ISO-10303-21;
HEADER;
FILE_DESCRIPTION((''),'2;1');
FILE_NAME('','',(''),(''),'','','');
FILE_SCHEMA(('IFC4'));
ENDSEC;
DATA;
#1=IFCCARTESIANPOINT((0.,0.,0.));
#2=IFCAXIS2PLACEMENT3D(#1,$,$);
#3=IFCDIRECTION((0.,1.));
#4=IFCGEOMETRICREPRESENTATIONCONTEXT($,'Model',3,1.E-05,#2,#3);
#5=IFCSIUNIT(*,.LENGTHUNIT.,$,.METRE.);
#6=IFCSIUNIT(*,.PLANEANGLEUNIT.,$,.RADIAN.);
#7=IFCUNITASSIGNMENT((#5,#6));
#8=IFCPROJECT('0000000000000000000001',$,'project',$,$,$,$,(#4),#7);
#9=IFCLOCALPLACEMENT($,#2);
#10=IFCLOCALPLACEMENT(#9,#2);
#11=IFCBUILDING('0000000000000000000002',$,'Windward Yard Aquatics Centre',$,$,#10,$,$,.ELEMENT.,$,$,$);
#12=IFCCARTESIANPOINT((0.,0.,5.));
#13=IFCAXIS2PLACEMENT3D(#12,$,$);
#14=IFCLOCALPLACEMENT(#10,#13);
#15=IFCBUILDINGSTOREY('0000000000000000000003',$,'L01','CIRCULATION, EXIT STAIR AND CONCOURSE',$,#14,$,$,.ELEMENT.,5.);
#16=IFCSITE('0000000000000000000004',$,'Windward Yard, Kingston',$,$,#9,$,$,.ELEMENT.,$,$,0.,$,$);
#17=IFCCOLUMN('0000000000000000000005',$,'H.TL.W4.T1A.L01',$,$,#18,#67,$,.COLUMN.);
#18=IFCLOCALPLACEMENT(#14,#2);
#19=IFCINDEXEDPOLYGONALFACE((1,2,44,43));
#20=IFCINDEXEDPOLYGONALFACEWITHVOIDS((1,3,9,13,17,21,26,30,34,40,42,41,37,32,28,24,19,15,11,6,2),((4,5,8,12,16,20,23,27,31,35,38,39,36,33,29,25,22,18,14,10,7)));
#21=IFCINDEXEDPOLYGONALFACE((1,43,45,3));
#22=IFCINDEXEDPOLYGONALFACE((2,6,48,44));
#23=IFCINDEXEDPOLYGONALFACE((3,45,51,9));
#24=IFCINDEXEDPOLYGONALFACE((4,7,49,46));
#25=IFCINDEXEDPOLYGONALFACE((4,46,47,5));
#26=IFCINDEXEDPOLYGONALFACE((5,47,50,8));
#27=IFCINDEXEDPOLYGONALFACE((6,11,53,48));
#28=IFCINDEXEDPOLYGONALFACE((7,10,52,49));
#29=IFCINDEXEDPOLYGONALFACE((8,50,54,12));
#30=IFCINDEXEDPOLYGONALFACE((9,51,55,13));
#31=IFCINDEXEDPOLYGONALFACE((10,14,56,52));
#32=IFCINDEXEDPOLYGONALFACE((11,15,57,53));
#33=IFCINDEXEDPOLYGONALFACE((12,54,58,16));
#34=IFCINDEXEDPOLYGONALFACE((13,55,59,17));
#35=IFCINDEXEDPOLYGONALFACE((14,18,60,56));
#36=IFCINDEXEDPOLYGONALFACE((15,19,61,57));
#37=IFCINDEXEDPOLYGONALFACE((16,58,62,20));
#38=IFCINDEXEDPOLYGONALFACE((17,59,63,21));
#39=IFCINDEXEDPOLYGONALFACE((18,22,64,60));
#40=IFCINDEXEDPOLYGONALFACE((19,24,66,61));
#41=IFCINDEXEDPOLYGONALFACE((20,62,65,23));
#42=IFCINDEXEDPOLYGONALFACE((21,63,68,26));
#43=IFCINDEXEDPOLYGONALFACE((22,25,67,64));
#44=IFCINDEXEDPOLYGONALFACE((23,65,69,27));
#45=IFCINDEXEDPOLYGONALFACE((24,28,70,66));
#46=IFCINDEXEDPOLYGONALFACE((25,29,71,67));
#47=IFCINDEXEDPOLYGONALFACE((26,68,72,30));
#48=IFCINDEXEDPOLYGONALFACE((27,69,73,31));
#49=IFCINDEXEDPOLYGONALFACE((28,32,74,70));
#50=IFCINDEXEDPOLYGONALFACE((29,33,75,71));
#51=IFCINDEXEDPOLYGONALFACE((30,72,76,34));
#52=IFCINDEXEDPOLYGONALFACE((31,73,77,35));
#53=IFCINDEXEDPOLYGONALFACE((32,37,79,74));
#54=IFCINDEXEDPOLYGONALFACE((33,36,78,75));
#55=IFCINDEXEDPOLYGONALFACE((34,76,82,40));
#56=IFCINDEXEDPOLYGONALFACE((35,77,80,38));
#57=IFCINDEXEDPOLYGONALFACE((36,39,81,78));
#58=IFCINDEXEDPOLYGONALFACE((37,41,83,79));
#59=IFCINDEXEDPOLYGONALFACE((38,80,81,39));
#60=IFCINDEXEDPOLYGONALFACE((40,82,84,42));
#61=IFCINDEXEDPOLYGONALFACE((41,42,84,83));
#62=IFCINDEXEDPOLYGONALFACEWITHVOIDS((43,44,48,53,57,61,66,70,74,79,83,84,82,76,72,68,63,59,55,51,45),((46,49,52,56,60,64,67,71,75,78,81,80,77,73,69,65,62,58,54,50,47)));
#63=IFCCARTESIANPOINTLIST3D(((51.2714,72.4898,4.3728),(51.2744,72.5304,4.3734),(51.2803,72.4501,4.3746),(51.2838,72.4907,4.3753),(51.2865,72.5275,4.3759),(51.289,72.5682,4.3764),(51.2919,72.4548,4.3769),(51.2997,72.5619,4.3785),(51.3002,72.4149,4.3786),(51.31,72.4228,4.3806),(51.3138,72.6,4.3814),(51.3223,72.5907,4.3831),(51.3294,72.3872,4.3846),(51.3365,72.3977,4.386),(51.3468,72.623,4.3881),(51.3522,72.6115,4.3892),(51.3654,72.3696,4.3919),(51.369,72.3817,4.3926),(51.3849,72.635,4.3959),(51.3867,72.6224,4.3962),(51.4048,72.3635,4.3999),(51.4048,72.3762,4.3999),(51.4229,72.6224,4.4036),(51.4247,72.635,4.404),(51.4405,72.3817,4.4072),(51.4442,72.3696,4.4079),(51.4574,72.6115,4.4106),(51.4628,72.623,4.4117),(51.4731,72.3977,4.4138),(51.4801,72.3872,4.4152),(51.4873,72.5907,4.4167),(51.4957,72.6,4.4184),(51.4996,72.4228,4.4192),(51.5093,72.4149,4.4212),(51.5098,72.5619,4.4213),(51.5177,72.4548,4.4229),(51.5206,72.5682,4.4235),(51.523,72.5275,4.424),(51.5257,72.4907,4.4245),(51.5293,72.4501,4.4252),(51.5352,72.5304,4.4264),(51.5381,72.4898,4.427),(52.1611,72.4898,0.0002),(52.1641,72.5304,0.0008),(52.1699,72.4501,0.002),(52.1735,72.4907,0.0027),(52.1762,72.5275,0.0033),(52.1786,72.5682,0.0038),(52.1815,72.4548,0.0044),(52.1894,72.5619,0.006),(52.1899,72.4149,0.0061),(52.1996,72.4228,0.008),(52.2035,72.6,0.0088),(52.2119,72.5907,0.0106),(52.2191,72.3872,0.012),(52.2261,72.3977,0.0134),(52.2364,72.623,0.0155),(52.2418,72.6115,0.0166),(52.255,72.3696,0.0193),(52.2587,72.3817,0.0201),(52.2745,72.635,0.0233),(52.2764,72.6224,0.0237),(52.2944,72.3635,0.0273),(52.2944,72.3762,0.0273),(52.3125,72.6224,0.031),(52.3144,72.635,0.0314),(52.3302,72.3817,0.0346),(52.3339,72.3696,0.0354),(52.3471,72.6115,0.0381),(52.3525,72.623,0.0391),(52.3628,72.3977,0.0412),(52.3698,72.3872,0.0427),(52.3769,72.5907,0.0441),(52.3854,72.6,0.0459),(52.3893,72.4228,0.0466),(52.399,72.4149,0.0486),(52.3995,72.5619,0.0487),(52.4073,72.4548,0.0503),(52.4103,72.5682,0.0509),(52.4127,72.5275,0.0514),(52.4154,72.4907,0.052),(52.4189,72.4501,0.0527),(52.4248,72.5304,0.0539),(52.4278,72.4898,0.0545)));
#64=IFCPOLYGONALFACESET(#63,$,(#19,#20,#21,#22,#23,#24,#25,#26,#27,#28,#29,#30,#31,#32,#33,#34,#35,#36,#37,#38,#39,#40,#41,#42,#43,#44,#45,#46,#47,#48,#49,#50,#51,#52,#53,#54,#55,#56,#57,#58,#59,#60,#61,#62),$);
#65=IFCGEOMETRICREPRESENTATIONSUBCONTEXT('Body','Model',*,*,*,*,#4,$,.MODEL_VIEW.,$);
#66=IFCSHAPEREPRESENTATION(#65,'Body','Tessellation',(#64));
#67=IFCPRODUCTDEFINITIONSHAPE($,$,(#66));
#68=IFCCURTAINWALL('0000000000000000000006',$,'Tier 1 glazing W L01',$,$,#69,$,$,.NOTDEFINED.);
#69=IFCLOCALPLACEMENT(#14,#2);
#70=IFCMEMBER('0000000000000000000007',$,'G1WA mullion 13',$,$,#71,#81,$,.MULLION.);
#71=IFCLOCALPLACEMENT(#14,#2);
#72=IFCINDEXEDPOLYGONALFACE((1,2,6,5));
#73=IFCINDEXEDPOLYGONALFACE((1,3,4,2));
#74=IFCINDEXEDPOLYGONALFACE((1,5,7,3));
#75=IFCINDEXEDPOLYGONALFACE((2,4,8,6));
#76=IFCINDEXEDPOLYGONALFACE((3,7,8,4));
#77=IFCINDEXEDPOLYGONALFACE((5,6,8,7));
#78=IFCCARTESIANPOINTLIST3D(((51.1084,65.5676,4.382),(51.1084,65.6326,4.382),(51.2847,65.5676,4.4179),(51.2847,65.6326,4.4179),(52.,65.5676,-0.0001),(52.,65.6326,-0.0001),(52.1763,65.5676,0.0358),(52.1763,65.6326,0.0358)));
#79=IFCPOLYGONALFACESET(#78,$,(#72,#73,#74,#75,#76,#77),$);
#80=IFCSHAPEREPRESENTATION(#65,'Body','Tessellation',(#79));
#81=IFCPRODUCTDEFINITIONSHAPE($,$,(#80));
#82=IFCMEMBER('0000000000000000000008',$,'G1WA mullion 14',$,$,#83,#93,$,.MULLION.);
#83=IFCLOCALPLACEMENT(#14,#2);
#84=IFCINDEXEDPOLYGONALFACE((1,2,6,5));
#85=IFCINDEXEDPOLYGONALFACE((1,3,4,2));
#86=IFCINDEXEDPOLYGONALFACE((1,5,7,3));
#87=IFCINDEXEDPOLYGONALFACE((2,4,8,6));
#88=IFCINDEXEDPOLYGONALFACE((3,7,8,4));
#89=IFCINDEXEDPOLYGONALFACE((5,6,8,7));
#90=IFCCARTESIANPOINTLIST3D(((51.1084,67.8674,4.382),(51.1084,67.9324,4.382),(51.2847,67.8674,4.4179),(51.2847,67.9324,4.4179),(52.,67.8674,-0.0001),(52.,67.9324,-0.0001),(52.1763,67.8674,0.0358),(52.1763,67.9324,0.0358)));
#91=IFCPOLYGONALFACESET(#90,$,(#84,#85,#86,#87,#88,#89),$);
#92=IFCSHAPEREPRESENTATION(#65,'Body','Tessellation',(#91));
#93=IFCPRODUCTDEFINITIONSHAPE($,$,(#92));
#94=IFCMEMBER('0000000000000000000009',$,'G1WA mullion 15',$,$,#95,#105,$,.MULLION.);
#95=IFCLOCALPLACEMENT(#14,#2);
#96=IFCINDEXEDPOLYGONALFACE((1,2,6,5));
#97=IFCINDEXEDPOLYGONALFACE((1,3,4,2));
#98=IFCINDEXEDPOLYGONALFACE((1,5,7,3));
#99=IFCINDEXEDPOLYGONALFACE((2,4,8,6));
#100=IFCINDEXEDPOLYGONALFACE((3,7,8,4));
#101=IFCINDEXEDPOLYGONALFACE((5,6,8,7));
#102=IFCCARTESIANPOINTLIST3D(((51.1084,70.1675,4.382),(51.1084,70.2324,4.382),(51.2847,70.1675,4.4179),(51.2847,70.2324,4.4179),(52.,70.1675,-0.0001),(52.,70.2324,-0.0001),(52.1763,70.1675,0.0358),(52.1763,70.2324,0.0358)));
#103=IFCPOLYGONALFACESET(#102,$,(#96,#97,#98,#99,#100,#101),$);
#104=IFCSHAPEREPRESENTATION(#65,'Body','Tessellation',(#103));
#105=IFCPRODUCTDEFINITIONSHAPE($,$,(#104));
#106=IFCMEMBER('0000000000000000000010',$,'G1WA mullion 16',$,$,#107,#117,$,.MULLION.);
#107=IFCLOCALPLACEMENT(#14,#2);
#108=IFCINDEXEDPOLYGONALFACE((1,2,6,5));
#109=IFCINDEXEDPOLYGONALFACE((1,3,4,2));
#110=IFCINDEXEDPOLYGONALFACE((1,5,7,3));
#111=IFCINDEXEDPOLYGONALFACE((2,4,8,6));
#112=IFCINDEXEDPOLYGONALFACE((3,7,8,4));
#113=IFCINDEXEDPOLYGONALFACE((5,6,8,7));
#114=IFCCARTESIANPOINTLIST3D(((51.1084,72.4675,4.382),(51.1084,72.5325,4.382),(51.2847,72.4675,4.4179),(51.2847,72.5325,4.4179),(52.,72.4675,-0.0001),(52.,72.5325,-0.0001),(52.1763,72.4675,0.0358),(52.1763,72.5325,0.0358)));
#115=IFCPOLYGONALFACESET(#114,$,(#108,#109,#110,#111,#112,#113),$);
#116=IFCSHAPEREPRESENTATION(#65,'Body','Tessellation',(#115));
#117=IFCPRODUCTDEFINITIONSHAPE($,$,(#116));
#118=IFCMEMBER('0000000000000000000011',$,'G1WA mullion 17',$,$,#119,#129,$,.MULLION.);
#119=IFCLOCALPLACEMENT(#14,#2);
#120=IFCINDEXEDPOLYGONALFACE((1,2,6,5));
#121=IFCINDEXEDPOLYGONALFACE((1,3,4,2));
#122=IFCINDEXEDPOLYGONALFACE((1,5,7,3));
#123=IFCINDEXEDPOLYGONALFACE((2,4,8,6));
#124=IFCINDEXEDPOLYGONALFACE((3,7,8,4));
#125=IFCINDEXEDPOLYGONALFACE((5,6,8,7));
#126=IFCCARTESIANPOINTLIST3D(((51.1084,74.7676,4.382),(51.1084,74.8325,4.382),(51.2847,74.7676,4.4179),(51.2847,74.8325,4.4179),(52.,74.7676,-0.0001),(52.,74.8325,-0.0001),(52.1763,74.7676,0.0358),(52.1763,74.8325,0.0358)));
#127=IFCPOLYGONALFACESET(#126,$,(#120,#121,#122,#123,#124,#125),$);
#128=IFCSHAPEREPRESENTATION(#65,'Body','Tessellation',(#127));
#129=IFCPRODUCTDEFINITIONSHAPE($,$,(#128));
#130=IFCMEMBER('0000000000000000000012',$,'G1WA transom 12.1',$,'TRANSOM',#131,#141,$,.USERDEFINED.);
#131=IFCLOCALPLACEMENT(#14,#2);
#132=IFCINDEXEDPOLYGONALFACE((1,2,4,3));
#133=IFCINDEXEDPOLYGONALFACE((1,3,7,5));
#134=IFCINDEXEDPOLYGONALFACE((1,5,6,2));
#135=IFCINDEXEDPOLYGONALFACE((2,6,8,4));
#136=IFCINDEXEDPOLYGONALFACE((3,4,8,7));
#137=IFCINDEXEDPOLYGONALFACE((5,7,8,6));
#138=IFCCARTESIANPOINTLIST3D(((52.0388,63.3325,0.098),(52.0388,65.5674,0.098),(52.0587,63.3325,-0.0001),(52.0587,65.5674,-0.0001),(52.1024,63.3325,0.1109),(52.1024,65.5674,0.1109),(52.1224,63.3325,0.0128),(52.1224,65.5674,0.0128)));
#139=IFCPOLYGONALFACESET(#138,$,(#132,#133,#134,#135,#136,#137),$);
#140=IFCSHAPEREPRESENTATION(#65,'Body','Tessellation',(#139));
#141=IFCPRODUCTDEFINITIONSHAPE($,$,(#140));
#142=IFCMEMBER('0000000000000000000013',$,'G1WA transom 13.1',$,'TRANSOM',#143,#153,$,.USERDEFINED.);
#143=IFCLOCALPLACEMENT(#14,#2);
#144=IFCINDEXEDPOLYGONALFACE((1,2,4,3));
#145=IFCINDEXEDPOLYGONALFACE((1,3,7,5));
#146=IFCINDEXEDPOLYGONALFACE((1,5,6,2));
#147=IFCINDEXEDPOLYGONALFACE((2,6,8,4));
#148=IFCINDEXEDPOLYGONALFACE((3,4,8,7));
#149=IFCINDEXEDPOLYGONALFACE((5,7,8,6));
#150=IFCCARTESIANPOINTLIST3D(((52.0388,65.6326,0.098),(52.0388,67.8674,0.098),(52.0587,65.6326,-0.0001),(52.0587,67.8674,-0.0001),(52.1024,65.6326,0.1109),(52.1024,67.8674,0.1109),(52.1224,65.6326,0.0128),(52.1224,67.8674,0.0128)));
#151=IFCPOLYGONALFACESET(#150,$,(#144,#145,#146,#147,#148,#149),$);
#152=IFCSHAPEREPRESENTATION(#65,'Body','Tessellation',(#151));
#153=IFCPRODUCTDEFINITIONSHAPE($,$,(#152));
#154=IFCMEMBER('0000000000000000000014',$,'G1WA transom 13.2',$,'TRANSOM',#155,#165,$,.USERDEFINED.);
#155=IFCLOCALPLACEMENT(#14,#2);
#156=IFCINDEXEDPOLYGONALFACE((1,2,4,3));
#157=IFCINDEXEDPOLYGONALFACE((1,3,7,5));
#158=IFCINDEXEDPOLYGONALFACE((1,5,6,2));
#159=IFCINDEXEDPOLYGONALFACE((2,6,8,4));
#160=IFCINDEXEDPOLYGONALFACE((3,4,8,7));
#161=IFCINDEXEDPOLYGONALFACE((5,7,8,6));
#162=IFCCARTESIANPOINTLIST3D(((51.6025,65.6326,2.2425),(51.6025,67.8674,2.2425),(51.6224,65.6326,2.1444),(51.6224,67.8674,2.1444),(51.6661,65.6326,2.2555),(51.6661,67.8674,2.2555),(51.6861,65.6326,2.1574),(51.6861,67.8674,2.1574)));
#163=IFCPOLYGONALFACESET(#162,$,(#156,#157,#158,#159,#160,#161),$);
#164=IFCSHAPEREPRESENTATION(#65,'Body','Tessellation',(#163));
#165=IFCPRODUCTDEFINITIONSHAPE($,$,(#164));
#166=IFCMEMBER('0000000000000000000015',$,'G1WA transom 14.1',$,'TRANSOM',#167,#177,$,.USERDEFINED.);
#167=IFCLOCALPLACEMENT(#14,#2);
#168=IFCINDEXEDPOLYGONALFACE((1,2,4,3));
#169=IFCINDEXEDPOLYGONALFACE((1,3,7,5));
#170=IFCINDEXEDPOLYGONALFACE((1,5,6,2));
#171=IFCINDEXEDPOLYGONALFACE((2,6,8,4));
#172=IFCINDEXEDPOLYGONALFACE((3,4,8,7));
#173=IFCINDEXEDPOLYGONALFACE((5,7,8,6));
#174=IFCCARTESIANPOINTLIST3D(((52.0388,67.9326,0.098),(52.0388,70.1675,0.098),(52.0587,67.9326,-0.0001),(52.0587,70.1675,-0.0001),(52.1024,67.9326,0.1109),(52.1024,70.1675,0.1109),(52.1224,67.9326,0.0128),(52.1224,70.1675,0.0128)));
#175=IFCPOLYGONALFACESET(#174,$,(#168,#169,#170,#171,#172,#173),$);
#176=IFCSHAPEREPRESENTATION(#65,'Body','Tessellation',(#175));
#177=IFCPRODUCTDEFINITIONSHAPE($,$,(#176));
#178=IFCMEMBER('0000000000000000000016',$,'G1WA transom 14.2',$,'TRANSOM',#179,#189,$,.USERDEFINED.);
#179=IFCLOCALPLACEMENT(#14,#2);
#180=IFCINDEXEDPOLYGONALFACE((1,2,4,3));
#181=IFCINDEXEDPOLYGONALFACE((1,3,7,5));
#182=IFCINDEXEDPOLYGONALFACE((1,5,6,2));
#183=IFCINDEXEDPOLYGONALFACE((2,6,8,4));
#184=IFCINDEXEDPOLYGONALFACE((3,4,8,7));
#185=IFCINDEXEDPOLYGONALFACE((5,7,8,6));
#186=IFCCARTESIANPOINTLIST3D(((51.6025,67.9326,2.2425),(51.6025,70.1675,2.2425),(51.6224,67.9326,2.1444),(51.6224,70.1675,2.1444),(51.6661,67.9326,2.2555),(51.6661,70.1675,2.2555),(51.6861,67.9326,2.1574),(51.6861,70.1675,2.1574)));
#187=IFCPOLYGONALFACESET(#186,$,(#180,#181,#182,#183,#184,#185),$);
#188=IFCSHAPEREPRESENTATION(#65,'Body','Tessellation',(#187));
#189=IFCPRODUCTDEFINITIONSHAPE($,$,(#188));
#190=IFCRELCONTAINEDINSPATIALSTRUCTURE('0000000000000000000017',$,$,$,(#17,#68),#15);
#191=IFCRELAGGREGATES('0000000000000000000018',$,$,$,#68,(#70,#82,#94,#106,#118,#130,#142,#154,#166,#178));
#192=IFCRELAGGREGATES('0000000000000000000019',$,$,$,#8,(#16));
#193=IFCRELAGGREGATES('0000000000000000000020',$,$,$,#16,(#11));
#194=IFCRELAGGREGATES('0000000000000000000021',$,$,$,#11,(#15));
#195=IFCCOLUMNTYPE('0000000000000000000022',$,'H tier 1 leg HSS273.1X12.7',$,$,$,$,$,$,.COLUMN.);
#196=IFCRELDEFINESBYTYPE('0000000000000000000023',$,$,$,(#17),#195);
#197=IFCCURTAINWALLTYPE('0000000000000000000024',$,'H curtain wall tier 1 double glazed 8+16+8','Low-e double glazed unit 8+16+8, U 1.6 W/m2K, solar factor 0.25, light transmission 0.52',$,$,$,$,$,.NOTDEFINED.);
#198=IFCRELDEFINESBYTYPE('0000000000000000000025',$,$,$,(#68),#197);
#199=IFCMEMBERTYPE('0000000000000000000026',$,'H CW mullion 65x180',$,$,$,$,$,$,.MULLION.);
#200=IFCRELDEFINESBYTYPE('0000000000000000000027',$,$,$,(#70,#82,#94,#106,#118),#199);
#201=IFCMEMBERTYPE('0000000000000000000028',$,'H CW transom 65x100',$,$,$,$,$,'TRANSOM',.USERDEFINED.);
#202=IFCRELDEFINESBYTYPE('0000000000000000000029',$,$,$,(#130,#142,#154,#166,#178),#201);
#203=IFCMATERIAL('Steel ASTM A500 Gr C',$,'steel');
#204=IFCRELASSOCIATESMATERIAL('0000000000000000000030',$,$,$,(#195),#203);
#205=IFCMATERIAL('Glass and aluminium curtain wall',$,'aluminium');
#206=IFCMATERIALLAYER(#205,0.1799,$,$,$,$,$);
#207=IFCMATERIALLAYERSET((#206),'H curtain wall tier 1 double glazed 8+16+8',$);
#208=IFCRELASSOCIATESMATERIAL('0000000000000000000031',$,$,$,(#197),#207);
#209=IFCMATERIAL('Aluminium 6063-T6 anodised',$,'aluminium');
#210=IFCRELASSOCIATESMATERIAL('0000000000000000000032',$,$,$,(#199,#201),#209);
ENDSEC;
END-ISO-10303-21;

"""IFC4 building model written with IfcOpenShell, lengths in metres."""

from ifc_helpers import new_model, si_unit, direction, frame, origin, origin_2d, place, context, subcontext, project, spatial, rectangle, hollow_circle, extrude, material, layer, layer_set, material_profile, profile_set, type_object, element, aggregate, save


model = new_model("IFC4")

# Units and contexts
model_context = context("Model", 3, precision=1e-05, world=origin(), true_north=direction((0.0, 1.0)))
body_context = subcontext(model_context, "Body", "Model", "MODEL_VIEW")
ifc_project = project(units=[si_unit("LENGTHUNIT", "METRE"), si_unit("PLANEANGLEUNIT", "RADIAN")], contexts=[model_context])

# Site, building, storey
site_placement = place(None, origin())
site = spatial("IfcSite", under=ifc_project, at=site_placement, Name="Windward Yard, Kingston", CompositionType="ELEMENT", RefElevation=0.0)
building_placement = place(site_placement, origin())
building = spatial("IfcBuilding", under=site, at=building_placement, Name="Windward Yard Aquatics Centre", CompositionType="ELEMENT")
storey_placement = place(building_placement, frame((0.0, 0.0, 5.0)))
storey = spatial("IfcBuildingStorey", under=building, at=storey_placement, Name="L01", Description="CIRCULATION, EXIT STAIR AND CONCOURSE", CompositionType="ELEMENT", Elevation=5.0)

# Column
ifc_material_1 = material(Name="Steel ASTM A500 Gr C", Category="steel")
ifc_material_profile_1 = material_profile(ifc_material_1, hollow_circle(Radius=0.1365, WallThickness=0.0127, at=origin_2d()), Name="HSS273.1X12.7")
ifc_profile_set_1 = profile_set([ifc_material_profile_1], Name="Steel ASTM A500 Gr C")
column_type = type_object("IfcColumnType", Name="H tier 1 leg HSS273.1X12.7", PredefinedType="COLUMN", material=ifc_profile_set_1)
column_placement = place(storey_placement, frame((52.2944, 72.5, 0.0273), z_axis=(-0.199377, 0.0, 0.979923), x_axis=(0.0, -1.0, 0.0)))
element("IfcColumn", 1, at=column_placement, inside=storey, type_object=column_type, Name="H.TL.W4.T1A.L01", PredefinedType="COLUMN", context=body_context, shape_type="SweptSolid", body=[
    extrude(hollow_circle(Radius=0.1365, WallThickness=0.0127, at=origin_2d()), origin(), (0.0, 0.0, 1.0), 4.4622),
])

# Curtain wall, members
ifc_material_2 = material(Name="Glass and aluminium curtain wall", Category="aluminium")
ifc_layer_1 = layer(ifc_material_2, 0.1799)
ifc_layer_set_1 = layer_set([ifc_layer_1], Name="H curtain wall tier 1 double glazed 8+16+8")
curtain_wall_type = type_object("IfcCurtainWallType", Name="H curtain wall tier 1 double glazed 8+16+8", Description="Low-e double glazed unit 8+16+8, U 1.6 W/m2K, solar factor 0.25, light transmission 0.52", PredefinedType="NOTDEFINED", material=ifc_layer_set_1)
curtain_wall_placement = place(storey_placement, origin())
curtain_wall = element("IfcCurtainWall", 2, at=curtain_wall_placement, inside=storey, type_object=curtain_wall_type, Name="Tier 1 glazing W L01", PredefinedType="NOTDEFINED")
ifc_material_3 = material(Name="Aluminium 6063-T6 anodised", Category="aluminium")
ifc_material_profile_2 = material_profile(ifc_material_3, rectangle(XDim=0.0649, YDim=0.1799, at=origin_2d()), Name="H CW mullion 65x180")
ifc_profile_set_2 = profile_set([ifc_material_profile_2], Name="Aluminium 6063-T6 anodised")
member_type_1 = type_object("IfcMemberType", Name="H CW mullion 65x180", PredefinedType="MULLION", material=ifc_profile_set_2)
member_1_placement = place(storey_placement, frame((52.0881, 65.6001, 0.0178), z_axis=(-0.19938, 0.0, 0.979922), x_axis=(0.0, -1.0, 0.0)))
member_1 = element("IfcMember", 3, at=member_1_placement, type_object=member_type_1, Name="G1WA mullion 13", PredefinedType="MULLION", context=body_context, shape_type="SweptSolid", body=[
    extrude(rectangle(XDim=0.0649, YDim=0.1799, at=origin_2d()), origin(), (0.0, 0.0, 1.0), 4.4719),
])
member_2_placement = place(storey_placement, frame((52.0881, 67.8999, 0.0178), z_axis=(-0.19938, 0.0, 0.979922), x_axis=(0.0, -1.0, 0.0)))
member_2 = element("IfcMember", 4, at=member_2_placement, type_object=member_type_1, Name="G1WA mullion 14", PredefinedType="MULLION", context=body_context, shape_type="SweptSolid", body=[
    extrude(rectangle(XDim=0.0649, YDim=0.1799, at=origin_2d()), origin(), (0.0, 0.0, 1.0), 4.4719),
])
member_3_placement = place(storey_placement, frame((52.0881, 70.2, 0.0178), z_axis=(-0.19938, 0.0, 0.979922), x_axis=(0.0, -1.0, 0.0)))
member_3 = element("IfcMember", 5, at=member_3_placement, type_object=member_type_1, Name="G1WA mullion 15", PredefinedType="MULLION", context=body_context, shape_type="SweptSolid", body=[
    extrude(rectangle(XDim=0.0649, YDim=0.1799, at=origin_2d()), origin(), (0.0, 0.0, 1.0), 4.4719),
])
member_4_placement = place(storey_placement, frame((52.0881, 72.5, 0.0178), z_axis=(-0.19938, 0.0, 0.979922), x_axis=(0.0, -1.0, 0.0)))
member_4 = element("IfcMember", 6, at=member_4_placement, type_object=member_type_1, Name="G1WA mullion 16", PredefinedType="MULLION", context=body_context, shape_type="SweptSolid", body=[
    extrude(rectangle(XDim=0.0649, YDim=0.1799, at=origin_2d()), origin(), (0.0, 0.0, 1.0), 4.4719),
])
member_5_placement = place(storey_placement, frame((52.0881, 74.8, 0.0178), z_axis=(-0.19938, 0.0, 0.979922), x_axis=(0.0, -1.0, 0.0)))
member_5 = element("IfcMember", 7, at=member_5_placement, type_object=member_type_1, Name="G1WA mullion 17", PredefinedType="MULLION", context=body_context, shape_type="SweptSolid", body=[
    extrude(rectangle(XDim=0.0649, YDim=0.1799, at=origin_2d()), origin(), (0.0, 0.0, 1.0), 4.4719),
])
ifc_material_profile_3 = material_profile(ifc_material_3, rectangle(XDim=0.0649, YDim=0.1001, at=origin_2d()), Name="H CW transom 65x100")
ifc_profile_set_3 = profile_set([ifc_material_profile_3], Name="Aluminium 6063-T6 anodised")
member_type_2 = type_object("IfcMemberType", Name="H CW transom 65x100", ElementType="TRANSOM", PredefinedType="USERDEFINED", material=ifc_profile_set_3)
member_6_placement = place(storey_placement, frame((52.0806, 63.3325, 0.0554), z_axis=(0.0, 1.0, 0.0), x_axis=(0.979925, 0.0, 0.199368)))
member_6 = element("IfcMember", 8, at=member_6_placement, type_object=member_type_2, Name="G1WA transom 12.1", ObjectType="TRANSOM", PredefinedType="USERDEFINED", context=body_context, shape_type="SweptSolid", body=[
    extrude(rectangle(XDim=0.0649, YDim=0.1001, at=origin_2d()), origin(), (0.0, 0.0, 1.0), 2.2349),
])
member_7_placement = place(storey_placement, frame((52.0806, 65.6326, 0.0554), z_axis=(0.0, 1.0, 0.0), x_axis=(0.979925, 0.0, 0.199368)))
member_7 = element("IfcMember", 9, at=member_7_placement, type_object=member_type_2, Name="G1WA transom 13.1", ObjectType="TRANSOM", PredefinedType="USERDEFINED", context=body_context, shape_type="SweptSolid", body=[
    extrude(rectangle(XDim=0.0649, YDim=0.1001, at=origin_2d()), origin(), (0.0, 0.0, 1.0), 2.2349),
])
member_8_placement = place(storey_placement, frame((51.6443, 65.6326, 2.2), z_axis=(0.0, 1.0, 0.0), x_axis=(0.979925, 0.0, 0.199368)))
member_8 = element("IfcMember", 10, at=member_8_placement, type_object=member_type_2, Name="G1WA transom 13.2", ObjectType="TRANSOM", PredefinedType="USERDEFINED", context=body_context, shape_type="SweptSolid", body=[
    extrude(rectangle(XDim=0.0649, YDim=0.1001, at=origin_2d()), origin(), (0.0, 0.0, 1.0), 2.2349),
])
member_9_placement = place(storey_placement, frame((52.0806, 67.9326, 0.0554), z_axis=(0.0, 1.0, 0.0), x_axis=(0.979925, 0.0, 0.199368)))
member_9 = element("IfcMember", 11, at=member_9_placement, type_object=member_type_2, Name="G1WA transom 14.1", ObjectType="TRANSOM", PredefinedType="USERDEFINED", context=body_context, shape_type="SweptSolid", body=[
    extrude(rectangle(XDim=0.0649, YDim=0.1001, at=origin_2d()), origin(), (0.0, 0.0, 1.0), 2.2349),
])
member_10_placement = place(storey_placement, frame((51.6443, 67.9326, 2.2), z_axis=(0.0, 1.0, 0.0), x_axis=(0.979925, 0.0, 0.199368)))
member_10 = element("IfcMember", 12, at=member_10_placement, type_object=member_type_2, Name="G1WA transom 14.2", ObjectType="TRANSOM", PredefinedType="USERDEFINED", context=body_context, shape_type="SweptSolid", body=[
    extrude(rectangle(XDim=0.0649, YDim=0.1001, at=origin_2d()), origin(), (0.0, 0.0, 1.0), 2.2349),
])
aggregate(curtain_wall, [member_1, member_2, member_3, member_4, member_5, member_6, member_7, member_8, member_9, member_10])

save(model, "model.ifc")
